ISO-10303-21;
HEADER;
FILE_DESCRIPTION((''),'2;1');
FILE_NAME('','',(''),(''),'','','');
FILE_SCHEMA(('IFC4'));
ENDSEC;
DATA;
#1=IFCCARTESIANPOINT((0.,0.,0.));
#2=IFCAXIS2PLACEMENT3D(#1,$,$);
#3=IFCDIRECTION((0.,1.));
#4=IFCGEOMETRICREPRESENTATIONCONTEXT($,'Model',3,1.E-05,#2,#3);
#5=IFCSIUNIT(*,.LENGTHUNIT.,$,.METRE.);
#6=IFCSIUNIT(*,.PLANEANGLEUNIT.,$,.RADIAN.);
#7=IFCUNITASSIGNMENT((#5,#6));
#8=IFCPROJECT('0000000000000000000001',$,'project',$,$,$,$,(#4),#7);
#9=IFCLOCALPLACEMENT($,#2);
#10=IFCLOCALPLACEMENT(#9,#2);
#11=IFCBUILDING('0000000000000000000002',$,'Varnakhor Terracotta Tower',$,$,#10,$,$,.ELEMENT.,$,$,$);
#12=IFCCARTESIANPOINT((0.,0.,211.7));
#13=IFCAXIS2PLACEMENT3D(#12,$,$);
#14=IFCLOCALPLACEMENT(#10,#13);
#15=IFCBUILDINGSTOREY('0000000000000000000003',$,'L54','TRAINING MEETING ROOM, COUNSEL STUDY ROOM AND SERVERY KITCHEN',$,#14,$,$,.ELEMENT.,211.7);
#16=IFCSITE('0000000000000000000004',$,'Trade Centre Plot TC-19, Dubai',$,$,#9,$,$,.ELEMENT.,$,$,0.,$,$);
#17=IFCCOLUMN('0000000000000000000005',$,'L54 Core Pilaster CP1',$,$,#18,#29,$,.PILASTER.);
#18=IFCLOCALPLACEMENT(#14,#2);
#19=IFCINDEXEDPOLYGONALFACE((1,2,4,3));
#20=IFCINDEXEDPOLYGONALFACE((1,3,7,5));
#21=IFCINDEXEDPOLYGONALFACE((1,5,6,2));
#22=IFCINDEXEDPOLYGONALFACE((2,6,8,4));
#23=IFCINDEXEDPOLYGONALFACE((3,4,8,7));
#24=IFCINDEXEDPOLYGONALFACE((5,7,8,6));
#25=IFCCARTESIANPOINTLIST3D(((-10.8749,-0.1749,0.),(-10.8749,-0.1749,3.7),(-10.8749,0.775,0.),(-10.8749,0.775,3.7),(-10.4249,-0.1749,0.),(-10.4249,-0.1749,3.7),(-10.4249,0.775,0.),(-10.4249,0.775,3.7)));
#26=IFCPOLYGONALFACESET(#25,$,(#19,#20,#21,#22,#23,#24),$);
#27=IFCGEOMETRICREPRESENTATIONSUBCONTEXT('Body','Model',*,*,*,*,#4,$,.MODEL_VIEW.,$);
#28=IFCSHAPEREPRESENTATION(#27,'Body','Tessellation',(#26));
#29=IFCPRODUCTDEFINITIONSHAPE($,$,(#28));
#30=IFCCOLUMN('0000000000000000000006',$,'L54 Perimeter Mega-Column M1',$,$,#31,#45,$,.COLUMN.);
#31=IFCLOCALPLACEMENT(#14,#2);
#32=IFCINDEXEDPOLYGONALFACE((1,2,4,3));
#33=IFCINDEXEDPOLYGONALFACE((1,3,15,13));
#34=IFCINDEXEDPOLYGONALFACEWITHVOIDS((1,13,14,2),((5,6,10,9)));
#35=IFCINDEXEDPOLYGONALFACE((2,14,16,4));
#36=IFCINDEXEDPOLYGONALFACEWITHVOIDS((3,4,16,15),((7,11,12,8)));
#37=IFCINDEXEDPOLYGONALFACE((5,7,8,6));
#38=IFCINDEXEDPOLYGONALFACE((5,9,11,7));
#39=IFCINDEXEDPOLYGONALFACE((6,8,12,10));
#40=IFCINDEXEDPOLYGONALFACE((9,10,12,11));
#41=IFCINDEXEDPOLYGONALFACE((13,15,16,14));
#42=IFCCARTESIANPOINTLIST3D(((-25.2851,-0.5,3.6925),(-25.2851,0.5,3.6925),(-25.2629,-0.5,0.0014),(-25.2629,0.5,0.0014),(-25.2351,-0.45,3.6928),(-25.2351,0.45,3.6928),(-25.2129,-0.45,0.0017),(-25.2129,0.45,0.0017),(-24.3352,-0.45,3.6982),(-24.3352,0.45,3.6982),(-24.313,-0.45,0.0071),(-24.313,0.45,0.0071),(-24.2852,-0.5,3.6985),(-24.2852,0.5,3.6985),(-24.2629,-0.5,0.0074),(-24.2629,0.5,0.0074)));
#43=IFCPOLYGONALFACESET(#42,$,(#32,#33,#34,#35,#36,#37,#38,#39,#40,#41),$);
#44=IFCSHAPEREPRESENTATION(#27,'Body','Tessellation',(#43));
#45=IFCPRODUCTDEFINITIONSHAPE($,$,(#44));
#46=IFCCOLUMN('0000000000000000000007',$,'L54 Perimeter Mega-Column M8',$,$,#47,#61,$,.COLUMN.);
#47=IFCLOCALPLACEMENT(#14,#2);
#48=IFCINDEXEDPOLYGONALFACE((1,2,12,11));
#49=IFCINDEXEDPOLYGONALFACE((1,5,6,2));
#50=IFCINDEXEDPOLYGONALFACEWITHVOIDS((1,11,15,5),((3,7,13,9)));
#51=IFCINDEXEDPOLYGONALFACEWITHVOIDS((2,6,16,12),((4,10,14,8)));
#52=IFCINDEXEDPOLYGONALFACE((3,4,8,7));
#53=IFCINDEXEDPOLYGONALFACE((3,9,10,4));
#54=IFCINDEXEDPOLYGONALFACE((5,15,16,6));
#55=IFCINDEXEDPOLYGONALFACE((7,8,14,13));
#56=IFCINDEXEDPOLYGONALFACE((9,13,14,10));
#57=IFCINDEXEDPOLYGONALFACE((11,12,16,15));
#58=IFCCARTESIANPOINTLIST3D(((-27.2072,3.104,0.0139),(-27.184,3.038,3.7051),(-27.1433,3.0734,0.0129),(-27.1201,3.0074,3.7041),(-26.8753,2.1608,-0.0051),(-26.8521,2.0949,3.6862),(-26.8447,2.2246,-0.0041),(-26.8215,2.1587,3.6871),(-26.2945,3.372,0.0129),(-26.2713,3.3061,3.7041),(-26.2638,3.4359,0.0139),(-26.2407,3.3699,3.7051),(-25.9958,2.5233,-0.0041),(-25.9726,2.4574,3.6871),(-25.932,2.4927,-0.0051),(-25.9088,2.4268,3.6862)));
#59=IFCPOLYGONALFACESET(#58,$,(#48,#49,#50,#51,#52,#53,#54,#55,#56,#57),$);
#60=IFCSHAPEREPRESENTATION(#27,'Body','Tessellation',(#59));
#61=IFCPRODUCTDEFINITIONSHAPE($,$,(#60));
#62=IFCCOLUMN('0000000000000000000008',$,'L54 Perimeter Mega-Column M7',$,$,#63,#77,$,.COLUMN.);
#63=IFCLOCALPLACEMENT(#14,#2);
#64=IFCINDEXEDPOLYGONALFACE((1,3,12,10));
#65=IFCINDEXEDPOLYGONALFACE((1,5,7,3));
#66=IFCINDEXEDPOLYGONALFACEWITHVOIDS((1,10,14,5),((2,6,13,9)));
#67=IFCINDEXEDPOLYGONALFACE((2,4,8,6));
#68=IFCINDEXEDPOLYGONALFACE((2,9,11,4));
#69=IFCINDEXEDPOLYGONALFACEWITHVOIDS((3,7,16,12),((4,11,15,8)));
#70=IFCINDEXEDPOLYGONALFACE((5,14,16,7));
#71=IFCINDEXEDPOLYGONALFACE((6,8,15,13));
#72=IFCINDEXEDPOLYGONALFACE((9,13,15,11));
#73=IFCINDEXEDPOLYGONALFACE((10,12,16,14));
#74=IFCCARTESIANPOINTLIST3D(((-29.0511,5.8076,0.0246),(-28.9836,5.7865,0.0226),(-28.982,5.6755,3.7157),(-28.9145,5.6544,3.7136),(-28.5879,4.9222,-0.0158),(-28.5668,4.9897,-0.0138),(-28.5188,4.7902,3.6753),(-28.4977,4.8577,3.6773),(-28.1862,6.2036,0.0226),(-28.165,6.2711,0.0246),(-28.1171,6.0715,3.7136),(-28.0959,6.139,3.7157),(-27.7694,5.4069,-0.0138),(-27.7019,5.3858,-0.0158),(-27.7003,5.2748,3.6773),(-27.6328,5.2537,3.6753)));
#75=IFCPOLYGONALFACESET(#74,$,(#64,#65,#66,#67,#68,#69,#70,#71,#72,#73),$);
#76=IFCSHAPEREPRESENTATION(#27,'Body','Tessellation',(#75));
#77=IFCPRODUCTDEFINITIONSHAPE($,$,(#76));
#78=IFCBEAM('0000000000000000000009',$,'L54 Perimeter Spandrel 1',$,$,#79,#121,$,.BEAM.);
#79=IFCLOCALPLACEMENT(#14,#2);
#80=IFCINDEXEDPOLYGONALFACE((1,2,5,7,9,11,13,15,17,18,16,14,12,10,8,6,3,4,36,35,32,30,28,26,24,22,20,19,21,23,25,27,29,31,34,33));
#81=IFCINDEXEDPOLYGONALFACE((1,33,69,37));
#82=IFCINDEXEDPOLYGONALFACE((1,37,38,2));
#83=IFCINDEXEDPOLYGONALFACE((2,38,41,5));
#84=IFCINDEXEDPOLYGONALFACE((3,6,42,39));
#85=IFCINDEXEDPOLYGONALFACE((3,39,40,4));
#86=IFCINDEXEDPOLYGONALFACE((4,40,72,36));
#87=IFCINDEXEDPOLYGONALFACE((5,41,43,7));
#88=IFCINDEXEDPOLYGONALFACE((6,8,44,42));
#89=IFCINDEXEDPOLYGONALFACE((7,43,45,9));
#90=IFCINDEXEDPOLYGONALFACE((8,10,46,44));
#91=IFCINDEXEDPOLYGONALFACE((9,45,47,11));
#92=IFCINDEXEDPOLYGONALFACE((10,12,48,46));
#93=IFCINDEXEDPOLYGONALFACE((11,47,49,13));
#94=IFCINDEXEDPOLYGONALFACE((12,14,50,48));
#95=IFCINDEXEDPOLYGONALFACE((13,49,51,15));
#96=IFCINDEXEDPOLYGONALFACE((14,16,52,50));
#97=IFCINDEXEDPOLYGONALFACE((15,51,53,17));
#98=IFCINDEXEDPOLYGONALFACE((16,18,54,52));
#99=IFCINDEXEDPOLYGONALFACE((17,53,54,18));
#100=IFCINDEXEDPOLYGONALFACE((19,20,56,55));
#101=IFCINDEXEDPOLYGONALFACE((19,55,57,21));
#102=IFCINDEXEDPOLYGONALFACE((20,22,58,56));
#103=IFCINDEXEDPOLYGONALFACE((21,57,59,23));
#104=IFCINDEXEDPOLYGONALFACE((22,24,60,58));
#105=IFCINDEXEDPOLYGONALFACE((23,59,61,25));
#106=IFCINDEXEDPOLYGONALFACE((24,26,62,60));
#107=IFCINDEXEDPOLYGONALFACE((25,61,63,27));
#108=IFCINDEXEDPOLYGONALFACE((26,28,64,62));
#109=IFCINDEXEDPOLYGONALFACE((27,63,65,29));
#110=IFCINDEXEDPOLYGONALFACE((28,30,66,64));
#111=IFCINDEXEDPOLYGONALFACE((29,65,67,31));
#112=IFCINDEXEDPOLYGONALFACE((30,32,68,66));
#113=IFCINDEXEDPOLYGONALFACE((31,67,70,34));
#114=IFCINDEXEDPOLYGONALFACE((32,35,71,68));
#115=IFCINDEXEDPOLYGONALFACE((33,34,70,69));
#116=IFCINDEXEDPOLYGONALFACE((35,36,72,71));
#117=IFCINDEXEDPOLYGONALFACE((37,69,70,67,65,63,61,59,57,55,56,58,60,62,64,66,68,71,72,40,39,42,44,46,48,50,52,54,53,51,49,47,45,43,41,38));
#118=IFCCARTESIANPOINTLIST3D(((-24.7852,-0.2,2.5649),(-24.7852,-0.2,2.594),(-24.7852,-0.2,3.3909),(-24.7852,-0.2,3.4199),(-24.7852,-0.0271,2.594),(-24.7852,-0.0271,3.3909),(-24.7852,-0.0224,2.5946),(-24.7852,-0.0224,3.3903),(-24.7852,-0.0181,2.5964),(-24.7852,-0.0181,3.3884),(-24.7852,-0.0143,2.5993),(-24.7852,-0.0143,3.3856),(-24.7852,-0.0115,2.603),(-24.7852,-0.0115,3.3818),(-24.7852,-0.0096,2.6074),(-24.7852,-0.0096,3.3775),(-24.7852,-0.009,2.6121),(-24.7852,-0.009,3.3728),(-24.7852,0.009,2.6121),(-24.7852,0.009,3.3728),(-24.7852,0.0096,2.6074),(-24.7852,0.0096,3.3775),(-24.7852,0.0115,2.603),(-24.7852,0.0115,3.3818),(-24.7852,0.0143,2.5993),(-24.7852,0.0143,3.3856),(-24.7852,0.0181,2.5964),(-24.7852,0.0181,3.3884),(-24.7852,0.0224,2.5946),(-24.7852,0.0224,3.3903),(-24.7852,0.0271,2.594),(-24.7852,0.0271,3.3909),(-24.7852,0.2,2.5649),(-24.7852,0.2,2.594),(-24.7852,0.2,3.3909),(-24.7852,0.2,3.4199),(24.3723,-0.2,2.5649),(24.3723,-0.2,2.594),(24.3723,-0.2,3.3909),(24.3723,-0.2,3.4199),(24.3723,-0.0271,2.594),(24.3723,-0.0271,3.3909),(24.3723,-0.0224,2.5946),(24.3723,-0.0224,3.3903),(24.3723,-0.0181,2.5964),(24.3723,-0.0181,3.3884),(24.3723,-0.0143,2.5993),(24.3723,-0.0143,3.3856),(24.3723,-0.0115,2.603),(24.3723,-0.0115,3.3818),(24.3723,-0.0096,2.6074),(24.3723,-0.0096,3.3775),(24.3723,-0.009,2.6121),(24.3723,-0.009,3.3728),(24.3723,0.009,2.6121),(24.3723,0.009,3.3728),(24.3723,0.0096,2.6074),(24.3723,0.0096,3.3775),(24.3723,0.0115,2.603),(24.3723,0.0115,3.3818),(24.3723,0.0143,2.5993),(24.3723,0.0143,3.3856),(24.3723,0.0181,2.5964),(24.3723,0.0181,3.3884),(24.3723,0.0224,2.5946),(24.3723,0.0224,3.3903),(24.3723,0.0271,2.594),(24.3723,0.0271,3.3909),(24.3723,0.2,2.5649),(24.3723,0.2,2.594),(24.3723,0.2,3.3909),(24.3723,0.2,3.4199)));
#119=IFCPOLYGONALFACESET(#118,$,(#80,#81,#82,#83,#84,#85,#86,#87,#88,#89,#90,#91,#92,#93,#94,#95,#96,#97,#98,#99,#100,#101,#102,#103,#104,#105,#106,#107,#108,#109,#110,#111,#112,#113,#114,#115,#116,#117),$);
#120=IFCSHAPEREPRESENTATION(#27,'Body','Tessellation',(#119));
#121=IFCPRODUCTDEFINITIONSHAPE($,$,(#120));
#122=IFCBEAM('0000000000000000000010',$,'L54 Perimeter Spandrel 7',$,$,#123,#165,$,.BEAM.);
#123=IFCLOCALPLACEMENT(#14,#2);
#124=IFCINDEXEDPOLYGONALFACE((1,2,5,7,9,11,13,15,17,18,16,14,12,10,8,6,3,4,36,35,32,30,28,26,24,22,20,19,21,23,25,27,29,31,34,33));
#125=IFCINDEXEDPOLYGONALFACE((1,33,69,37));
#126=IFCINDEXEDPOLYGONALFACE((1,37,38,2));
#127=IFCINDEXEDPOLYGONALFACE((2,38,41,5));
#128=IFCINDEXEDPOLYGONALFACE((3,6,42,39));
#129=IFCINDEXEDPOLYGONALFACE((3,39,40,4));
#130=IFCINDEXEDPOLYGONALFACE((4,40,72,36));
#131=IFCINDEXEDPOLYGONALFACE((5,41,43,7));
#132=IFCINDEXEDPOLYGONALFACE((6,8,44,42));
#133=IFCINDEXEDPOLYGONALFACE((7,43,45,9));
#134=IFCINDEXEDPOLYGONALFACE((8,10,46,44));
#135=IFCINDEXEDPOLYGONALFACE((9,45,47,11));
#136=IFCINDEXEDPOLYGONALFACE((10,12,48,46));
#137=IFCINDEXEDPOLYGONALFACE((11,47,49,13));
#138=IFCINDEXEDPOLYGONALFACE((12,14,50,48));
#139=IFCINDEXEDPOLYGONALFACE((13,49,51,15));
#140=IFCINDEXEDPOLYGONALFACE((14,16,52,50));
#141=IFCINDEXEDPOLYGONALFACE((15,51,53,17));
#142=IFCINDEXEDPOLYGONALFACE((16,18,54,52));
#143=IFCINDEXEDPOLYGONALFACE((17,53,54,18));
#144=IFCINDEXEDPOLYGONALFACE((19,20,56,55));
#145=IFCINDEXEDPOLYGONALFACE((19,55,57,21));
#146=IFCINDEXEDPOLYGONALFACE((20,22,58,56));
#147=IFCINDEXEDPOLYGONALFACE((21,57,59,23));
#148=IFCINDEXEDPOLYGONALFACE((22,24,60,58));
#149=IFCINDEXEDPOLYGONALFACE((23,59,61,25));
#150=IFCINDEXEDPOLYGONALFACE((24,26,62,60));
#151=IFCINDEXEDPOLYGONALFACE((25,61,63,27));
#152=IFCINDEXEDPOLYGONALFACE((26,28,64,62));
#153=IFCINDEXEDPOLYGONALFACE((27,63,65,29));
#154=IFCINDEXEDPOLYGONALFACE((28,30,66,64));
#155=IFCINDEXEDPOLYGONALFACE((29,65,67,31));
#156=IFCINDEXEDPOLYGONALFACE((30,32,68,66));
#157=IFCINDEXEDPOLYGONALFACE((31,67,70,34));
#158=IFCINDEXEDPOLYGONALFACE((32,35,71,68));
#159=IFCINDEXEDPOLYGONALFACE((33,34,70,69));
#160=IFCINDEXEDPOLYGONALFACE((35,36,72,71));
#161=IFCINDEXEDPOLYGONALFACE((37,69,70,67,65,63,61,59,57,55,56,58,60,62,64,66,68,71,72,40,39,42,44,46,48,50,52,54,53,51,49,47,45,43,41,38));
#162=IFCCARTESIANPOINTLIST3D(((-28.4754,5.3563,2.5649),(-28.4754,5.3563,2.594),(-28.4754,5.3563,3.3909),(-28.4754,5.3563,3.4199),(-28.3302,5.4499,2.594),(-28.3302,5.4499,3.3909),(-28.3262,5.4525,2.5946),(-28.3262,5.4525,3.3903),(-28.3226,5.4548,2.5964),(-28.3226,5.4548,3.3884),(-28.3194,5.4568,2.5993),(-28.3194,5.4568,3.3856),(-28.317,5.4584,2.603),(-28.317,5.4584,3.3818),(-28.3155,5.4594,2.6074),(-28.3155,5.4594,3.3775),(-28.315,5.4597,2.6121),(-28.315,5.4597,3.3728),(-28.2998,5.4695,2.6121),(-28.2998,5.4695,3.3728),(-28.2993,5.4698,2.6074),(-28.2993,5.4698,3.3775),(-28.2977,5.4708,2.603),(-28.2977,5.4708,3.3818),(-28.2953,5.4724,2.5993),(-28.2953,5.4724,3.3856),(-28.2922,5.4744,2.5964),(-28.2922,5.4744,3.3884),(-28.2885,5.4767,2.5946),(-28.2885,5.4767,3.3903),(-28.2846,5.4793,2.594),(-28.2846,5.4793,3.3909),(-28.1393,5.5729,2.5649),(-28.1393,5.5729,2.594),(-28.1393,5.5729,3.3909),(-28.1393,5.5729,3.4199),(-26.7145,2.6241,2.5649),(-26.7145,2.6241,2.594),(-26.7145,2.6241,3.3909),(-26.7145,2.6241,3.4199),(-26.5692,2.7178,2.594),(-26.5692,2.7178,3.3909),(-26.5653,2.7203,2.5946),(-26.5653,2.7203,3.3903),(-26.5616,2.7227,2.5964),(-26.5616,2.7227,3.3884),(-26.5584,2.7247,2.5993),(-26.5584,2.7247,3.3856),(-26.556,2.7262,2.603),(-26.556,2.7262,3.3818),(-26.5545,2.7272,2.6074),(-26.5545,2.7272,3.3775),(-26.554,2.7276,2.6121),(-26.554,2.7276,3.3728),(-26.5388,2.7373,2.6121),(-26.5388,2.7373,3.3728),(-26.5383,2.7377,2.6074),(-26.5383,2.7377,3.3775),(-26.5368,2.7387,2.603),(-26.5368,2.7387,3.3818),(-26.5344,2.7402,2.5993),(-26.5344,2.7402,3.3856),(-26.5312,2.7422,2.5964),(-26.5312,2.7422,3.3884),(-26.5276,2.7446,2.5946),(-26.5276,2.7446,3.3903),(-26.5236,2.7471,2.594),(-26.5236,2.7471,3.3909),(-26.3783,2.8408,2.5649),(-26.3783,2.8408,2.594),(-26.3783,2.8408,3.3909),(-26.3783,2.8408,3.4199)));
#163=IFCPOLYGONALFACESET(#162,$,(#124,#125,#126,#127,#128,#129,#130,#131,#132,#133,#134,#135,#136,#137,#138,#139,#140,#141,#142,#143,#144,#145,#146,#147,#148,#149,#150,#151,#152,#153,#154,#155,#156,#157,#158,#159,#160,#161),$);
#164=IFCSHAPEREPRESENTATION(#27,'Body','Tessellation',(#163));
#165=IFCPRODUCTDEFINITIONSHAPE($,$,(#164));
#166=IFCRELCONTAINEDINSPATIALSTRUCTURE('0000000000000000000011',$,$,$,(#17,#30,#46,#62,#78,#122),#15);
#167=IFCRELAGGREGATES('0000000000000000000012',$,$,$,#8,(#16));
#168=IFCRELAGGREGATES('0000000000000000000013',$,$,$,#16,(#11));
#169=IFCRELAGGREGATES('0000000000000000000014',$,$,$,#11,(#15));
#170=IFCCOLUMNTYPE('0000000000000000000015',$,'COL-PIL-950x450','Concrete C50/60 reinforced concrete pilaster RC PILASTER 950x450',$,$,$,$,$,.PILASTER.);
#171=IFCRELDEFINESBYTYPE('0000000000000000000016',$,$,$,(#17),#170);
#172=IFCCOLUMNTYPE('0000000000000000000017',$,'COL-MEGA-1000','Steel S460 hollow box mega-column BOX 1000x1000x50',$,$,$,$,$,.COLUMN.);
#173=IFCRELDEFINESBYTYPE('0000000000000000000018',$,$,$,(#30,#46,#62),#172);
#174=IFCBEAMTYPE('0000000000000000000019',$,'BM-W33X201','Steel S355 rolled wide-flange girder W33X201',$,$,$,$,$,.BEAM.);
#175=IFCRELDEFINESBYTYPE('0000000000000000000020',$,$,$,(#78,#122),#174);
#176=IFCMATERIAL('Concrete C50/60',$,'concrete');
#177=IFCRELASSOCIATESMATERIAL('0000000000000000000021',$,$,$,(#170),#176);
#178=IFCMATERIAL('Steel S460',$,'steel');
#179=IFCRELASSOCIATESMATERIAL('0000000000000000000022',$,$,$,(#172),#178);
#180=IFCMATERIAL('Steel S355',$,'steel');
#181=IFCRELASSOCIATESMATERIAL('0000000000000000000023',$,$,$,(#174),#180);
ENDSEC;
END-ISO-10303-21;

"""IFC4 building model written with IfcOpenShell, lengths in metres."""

from ifc_helpers import new_model, si_unit, direction, frame, origin, origin_2d, place, context, subcontext, project, spatial, rectangle, hollow_rectangle, i_section, extrude, source, transform, mapped, material, material_profile, profile_set, type_object, element, save


model = new_model("IFC4")

# Units and contexts
model_context = context("Model", 3, precision=1e-05, world=origin(), true_north=direction((0.0, 1.0)))
body_context = subcontext(model_context, "Body", "Model", "MODEL_VIEW")
ifc_project = project(units=[si_unit("LENGTHUNIT", "METRE"), si_unit("PLANEANGLEUNIT", "RADIAN")], contexts=[model_context])

# Site, building, storey
site_placement = place(None, origin())
site = spatial("IfcSite", under=ifc_project, at=site_placement, Name="Trade Centre Plot TC-19, Dubai", CompositionType="ELEMENT", RefElevation=0.0)
building_placement = place(site_placement, origin())
building = spatial("IfcBuilding", under=site, at=building_placement, Name="Varnakhor Terracotta Tower", CompositionType="ELEMENT")
storey_placement = place(building_placement, frame((0.0, 0.0, 211.7)))
storey = spatial("IfcBuildingStorey", under=building, at=storey_placement, Name="L54", Description="TRAINING MEETING ROOM, COUNSEL STUDY ROOM AND SERVERY KITCHEN", CompositionType="ELEMENT", Elevation=211.7)

# Columns
ifc_material_1 = material(Name="Concrete C50/60", Category="concrete")
ifc_material_profile_1 = material_profile(ifc_material_1, rectangle(XDim=0.45, YDim=0.95, at=origin_2d()), Name="RC PILASTER 950x450")
ifc_profile_set_1 = profile_set([ifc_material_profile_1], Name="Concrete C50/60")
column_type_1 = type_object("IfcColumnType", Name="COL-PIL-950x450", Description="Concrete C50/60 reinforced concrete pilaster RC PILASTER 950x450", PredefinedType="PILASTER", material=ifc_profile_set_1)
shared_shape_1 = source(origin(), body_context, "Body", "SweptSolid", [
    extrude(rectangle(XDim=0.45, YDim=0.95, at=origin_2d()), origin(), (0.0, 0.0, 1.0), 3.7),
])
column_1_placement = place(storey_placement, frame((-10.6499, 0.3, 0.0), z_axis=(0.0, 0.0, 1.0), x_axis=(1.0, 0.0, 0.0)))
element("IfcColumn", 1, at=column_1_placement, inside=storey, type_object=column_type_1, Name="L54 Core Pilaster CP1", PredefinedType="PILASTER", context=body_context, shape_type="MappedRepresentation", body=[
    mapped(shared_shape_1, transform((0.0, 0.0, 0.0), scale=1.0)),
])
ifc_material_2 = material(Name="Steel S460", Category="steel")
ifc_material_profile_2 = material_profile(ifc_material_2, hollow_rectangle(XDim=1.0, YDim=1.0, WallThickness=0.05, at=origin_2d()), Name="BOX 1000x1000x50")
ifc_profile_set_2 = profile_set([ifc_material_profile_2], Name="Steel S460")
column_type_2 = type_object("IfcColumnType", Name="COL-MEGA-1000", Description="Steel S460 hollow box mega-column BOX 1000x1000x50", PredefinedType="COLUMN", material=ifc_profile_set_2)
shared_shape_2 = source(origin(), body_context, "Body", "SweptSolid", [
    extrude(hollow_rectangle(XDim=1.0, YDim=1.0, WallThickness=0.05, at=origin_2d()), origin(), (0.0, 0.0, 1.0), 3.6912),
])
column_2_placement = place(storey_placement, frame((-24.7629, 0.0, 0.0044), z_axis=(-0.006019, 0.0, 0.999982), x_axis=(0.0, -1.0, 0.0)))
element("IfcColumn", 2, at=column_2_placement, inside=storey, type_object=column_type_2, Name="L54 Perimeter Mega-Column M1", PredefinedType="COLUMN", context=body_context, shape_type="MappedRepresentation", body=[
    mapped(shared_shape_2, transform((0.0, 0.0, 0.0), scale=1.0)),
])
shared_shape_3 = source(origin(), body_context, "Body", "SweptSolid", [
    extrude(hollow_rectangle(XDim=1.0, YDim=1.0, WallThickness=0.05, at=origin_2d()), origin(), (0.0, 0.0, 1.0), 3.6919),
])
column_3_placement = place(storey_placement, frame((-26.5696, 2.7983, 0.0044), z_axis=(0.006282, -0.017855, 0.999821), x_axis=(0.943312, 0.331906, 0.0)))
element("IfcColumn", 3, at=column_3_placement, inside=storey, type_object=column_type_2, Name="L54 Perimeter Mega-Column M8", PredefinedType="COLUMN", context=body_context, shape_type="MappedRepresentation", body=[
    mapped(shared_shape_3, transform((0.0, 0.0, 0.0), scale=1.0)),
])
shared_shape_4 = source(origin(), body_context, "Body", "SweptSolid", [
    extrude(hollow_rectangle(XDim=1.0, YDim=1.0, WallThickness=0.05, at=origin_2d()), origin(), (0.0, 0.0, 1.0), 3.6941),
])
column_4_placement = place(storey_placement, frame((-28.3765, 5.5967, 0.0044), z_axis=(0.018703, -0.035754, 0.999186), x_axis=(0.886088, 0.463517, 0.0)))
element("IfcColumn", 4, at=column_4_placement, inside=storey, type_object=column_type_2, Name="L54 Perimeter Mega-Column M7", PredefinedType="COLUMN", context=body_context, shape_type="MappedRepresentation", body=[
    mapped(shared_shape_4, transform((0.0, 0.0, 0.0), scale=1.0)),
])

# Beams
ifc_material_3 = material(Name="Steel S355", Category="steel")
ifc_material_profile_3 = material_profile(ifc_material_3, i_section(OverallWidth=0.3999, OverallDepth=0.855, WebThickness=0.0181, FlangeThickness=0.0291, FilletRadius=0.0181, at=origin_2d()), Name="W33X201")
ifc_profile_set_3 = profile_set([ifc_material_profile_3], Name="Steel S355")
beam_type_1 = type_object("IfcBeamType", Name="BM-W33X201", Description="Steel S355 rolled wide-flange girder W33X201", PredefinedType="BEAM", material=ifc_profile_set_3)
shared_shape_5 = source(origin(), body_context, "Body", "SweptSolid", [
    extrude(i_section(OverallWidth=0.3999, OverallDepth=0.855, WebThickness=0.0181, FlangeThickness=0.0291, FilletRadius=0.0181, at=origin_2d()), origin(), (0.0, 0.0, 1.0), 49.1575),
])
beam_1_placement = place(storey_placement, frame((-24.7852, 0.0, 2.9924), z_axis=(1.0, 0.0, 0.0), x_axis=(0.0, 1.0, 0.0)))
element("IfcBeam", 5, at=beam_1_placement, inside=storey, type_object=beam_type_1, Name="L54 Perimeter Spandrel 1", PredefinedType="BEAM", context=body_context, shape_type="MappedRepresentation", body=[
    mapped(shared_shape_5, transform((0.0, 0.0, 0.0), scale=1.0)),
])
shared_shape_6 = source(origin(), body_context, "Body", "SweptSolid", [
    extrude(i_section(OverallWidth=0.3999, OverallDepth=0.855, WebThickness=0.0181, FlangeThickness=0.0291, FilletRadius=0.0181, at=origin_2d()), origin(), (0.0, 0.0, 1.0), 3.2505),
])
beam_2_placement = place(storey_placement, frame((-28.3074, 5.4646, 2.9924), z_axis=(0.541756, -0.840536, 0.0), x_axis=(0.840536, 0.541756, 0.0)))
element("IfcBeam", 6, at=beam_2_placement, inside=storey, type_object=beam_type_1, Name="L54 Perimeter Spandrel 7", PredefinedType="BEAM", context=body_context, shape_type="MappedRepresentation", body=[
    mapped(shared_shape_6, transform((0.0, 0.0, 0.0), scale=1.0)),
])

save(model, "model.ifc")
